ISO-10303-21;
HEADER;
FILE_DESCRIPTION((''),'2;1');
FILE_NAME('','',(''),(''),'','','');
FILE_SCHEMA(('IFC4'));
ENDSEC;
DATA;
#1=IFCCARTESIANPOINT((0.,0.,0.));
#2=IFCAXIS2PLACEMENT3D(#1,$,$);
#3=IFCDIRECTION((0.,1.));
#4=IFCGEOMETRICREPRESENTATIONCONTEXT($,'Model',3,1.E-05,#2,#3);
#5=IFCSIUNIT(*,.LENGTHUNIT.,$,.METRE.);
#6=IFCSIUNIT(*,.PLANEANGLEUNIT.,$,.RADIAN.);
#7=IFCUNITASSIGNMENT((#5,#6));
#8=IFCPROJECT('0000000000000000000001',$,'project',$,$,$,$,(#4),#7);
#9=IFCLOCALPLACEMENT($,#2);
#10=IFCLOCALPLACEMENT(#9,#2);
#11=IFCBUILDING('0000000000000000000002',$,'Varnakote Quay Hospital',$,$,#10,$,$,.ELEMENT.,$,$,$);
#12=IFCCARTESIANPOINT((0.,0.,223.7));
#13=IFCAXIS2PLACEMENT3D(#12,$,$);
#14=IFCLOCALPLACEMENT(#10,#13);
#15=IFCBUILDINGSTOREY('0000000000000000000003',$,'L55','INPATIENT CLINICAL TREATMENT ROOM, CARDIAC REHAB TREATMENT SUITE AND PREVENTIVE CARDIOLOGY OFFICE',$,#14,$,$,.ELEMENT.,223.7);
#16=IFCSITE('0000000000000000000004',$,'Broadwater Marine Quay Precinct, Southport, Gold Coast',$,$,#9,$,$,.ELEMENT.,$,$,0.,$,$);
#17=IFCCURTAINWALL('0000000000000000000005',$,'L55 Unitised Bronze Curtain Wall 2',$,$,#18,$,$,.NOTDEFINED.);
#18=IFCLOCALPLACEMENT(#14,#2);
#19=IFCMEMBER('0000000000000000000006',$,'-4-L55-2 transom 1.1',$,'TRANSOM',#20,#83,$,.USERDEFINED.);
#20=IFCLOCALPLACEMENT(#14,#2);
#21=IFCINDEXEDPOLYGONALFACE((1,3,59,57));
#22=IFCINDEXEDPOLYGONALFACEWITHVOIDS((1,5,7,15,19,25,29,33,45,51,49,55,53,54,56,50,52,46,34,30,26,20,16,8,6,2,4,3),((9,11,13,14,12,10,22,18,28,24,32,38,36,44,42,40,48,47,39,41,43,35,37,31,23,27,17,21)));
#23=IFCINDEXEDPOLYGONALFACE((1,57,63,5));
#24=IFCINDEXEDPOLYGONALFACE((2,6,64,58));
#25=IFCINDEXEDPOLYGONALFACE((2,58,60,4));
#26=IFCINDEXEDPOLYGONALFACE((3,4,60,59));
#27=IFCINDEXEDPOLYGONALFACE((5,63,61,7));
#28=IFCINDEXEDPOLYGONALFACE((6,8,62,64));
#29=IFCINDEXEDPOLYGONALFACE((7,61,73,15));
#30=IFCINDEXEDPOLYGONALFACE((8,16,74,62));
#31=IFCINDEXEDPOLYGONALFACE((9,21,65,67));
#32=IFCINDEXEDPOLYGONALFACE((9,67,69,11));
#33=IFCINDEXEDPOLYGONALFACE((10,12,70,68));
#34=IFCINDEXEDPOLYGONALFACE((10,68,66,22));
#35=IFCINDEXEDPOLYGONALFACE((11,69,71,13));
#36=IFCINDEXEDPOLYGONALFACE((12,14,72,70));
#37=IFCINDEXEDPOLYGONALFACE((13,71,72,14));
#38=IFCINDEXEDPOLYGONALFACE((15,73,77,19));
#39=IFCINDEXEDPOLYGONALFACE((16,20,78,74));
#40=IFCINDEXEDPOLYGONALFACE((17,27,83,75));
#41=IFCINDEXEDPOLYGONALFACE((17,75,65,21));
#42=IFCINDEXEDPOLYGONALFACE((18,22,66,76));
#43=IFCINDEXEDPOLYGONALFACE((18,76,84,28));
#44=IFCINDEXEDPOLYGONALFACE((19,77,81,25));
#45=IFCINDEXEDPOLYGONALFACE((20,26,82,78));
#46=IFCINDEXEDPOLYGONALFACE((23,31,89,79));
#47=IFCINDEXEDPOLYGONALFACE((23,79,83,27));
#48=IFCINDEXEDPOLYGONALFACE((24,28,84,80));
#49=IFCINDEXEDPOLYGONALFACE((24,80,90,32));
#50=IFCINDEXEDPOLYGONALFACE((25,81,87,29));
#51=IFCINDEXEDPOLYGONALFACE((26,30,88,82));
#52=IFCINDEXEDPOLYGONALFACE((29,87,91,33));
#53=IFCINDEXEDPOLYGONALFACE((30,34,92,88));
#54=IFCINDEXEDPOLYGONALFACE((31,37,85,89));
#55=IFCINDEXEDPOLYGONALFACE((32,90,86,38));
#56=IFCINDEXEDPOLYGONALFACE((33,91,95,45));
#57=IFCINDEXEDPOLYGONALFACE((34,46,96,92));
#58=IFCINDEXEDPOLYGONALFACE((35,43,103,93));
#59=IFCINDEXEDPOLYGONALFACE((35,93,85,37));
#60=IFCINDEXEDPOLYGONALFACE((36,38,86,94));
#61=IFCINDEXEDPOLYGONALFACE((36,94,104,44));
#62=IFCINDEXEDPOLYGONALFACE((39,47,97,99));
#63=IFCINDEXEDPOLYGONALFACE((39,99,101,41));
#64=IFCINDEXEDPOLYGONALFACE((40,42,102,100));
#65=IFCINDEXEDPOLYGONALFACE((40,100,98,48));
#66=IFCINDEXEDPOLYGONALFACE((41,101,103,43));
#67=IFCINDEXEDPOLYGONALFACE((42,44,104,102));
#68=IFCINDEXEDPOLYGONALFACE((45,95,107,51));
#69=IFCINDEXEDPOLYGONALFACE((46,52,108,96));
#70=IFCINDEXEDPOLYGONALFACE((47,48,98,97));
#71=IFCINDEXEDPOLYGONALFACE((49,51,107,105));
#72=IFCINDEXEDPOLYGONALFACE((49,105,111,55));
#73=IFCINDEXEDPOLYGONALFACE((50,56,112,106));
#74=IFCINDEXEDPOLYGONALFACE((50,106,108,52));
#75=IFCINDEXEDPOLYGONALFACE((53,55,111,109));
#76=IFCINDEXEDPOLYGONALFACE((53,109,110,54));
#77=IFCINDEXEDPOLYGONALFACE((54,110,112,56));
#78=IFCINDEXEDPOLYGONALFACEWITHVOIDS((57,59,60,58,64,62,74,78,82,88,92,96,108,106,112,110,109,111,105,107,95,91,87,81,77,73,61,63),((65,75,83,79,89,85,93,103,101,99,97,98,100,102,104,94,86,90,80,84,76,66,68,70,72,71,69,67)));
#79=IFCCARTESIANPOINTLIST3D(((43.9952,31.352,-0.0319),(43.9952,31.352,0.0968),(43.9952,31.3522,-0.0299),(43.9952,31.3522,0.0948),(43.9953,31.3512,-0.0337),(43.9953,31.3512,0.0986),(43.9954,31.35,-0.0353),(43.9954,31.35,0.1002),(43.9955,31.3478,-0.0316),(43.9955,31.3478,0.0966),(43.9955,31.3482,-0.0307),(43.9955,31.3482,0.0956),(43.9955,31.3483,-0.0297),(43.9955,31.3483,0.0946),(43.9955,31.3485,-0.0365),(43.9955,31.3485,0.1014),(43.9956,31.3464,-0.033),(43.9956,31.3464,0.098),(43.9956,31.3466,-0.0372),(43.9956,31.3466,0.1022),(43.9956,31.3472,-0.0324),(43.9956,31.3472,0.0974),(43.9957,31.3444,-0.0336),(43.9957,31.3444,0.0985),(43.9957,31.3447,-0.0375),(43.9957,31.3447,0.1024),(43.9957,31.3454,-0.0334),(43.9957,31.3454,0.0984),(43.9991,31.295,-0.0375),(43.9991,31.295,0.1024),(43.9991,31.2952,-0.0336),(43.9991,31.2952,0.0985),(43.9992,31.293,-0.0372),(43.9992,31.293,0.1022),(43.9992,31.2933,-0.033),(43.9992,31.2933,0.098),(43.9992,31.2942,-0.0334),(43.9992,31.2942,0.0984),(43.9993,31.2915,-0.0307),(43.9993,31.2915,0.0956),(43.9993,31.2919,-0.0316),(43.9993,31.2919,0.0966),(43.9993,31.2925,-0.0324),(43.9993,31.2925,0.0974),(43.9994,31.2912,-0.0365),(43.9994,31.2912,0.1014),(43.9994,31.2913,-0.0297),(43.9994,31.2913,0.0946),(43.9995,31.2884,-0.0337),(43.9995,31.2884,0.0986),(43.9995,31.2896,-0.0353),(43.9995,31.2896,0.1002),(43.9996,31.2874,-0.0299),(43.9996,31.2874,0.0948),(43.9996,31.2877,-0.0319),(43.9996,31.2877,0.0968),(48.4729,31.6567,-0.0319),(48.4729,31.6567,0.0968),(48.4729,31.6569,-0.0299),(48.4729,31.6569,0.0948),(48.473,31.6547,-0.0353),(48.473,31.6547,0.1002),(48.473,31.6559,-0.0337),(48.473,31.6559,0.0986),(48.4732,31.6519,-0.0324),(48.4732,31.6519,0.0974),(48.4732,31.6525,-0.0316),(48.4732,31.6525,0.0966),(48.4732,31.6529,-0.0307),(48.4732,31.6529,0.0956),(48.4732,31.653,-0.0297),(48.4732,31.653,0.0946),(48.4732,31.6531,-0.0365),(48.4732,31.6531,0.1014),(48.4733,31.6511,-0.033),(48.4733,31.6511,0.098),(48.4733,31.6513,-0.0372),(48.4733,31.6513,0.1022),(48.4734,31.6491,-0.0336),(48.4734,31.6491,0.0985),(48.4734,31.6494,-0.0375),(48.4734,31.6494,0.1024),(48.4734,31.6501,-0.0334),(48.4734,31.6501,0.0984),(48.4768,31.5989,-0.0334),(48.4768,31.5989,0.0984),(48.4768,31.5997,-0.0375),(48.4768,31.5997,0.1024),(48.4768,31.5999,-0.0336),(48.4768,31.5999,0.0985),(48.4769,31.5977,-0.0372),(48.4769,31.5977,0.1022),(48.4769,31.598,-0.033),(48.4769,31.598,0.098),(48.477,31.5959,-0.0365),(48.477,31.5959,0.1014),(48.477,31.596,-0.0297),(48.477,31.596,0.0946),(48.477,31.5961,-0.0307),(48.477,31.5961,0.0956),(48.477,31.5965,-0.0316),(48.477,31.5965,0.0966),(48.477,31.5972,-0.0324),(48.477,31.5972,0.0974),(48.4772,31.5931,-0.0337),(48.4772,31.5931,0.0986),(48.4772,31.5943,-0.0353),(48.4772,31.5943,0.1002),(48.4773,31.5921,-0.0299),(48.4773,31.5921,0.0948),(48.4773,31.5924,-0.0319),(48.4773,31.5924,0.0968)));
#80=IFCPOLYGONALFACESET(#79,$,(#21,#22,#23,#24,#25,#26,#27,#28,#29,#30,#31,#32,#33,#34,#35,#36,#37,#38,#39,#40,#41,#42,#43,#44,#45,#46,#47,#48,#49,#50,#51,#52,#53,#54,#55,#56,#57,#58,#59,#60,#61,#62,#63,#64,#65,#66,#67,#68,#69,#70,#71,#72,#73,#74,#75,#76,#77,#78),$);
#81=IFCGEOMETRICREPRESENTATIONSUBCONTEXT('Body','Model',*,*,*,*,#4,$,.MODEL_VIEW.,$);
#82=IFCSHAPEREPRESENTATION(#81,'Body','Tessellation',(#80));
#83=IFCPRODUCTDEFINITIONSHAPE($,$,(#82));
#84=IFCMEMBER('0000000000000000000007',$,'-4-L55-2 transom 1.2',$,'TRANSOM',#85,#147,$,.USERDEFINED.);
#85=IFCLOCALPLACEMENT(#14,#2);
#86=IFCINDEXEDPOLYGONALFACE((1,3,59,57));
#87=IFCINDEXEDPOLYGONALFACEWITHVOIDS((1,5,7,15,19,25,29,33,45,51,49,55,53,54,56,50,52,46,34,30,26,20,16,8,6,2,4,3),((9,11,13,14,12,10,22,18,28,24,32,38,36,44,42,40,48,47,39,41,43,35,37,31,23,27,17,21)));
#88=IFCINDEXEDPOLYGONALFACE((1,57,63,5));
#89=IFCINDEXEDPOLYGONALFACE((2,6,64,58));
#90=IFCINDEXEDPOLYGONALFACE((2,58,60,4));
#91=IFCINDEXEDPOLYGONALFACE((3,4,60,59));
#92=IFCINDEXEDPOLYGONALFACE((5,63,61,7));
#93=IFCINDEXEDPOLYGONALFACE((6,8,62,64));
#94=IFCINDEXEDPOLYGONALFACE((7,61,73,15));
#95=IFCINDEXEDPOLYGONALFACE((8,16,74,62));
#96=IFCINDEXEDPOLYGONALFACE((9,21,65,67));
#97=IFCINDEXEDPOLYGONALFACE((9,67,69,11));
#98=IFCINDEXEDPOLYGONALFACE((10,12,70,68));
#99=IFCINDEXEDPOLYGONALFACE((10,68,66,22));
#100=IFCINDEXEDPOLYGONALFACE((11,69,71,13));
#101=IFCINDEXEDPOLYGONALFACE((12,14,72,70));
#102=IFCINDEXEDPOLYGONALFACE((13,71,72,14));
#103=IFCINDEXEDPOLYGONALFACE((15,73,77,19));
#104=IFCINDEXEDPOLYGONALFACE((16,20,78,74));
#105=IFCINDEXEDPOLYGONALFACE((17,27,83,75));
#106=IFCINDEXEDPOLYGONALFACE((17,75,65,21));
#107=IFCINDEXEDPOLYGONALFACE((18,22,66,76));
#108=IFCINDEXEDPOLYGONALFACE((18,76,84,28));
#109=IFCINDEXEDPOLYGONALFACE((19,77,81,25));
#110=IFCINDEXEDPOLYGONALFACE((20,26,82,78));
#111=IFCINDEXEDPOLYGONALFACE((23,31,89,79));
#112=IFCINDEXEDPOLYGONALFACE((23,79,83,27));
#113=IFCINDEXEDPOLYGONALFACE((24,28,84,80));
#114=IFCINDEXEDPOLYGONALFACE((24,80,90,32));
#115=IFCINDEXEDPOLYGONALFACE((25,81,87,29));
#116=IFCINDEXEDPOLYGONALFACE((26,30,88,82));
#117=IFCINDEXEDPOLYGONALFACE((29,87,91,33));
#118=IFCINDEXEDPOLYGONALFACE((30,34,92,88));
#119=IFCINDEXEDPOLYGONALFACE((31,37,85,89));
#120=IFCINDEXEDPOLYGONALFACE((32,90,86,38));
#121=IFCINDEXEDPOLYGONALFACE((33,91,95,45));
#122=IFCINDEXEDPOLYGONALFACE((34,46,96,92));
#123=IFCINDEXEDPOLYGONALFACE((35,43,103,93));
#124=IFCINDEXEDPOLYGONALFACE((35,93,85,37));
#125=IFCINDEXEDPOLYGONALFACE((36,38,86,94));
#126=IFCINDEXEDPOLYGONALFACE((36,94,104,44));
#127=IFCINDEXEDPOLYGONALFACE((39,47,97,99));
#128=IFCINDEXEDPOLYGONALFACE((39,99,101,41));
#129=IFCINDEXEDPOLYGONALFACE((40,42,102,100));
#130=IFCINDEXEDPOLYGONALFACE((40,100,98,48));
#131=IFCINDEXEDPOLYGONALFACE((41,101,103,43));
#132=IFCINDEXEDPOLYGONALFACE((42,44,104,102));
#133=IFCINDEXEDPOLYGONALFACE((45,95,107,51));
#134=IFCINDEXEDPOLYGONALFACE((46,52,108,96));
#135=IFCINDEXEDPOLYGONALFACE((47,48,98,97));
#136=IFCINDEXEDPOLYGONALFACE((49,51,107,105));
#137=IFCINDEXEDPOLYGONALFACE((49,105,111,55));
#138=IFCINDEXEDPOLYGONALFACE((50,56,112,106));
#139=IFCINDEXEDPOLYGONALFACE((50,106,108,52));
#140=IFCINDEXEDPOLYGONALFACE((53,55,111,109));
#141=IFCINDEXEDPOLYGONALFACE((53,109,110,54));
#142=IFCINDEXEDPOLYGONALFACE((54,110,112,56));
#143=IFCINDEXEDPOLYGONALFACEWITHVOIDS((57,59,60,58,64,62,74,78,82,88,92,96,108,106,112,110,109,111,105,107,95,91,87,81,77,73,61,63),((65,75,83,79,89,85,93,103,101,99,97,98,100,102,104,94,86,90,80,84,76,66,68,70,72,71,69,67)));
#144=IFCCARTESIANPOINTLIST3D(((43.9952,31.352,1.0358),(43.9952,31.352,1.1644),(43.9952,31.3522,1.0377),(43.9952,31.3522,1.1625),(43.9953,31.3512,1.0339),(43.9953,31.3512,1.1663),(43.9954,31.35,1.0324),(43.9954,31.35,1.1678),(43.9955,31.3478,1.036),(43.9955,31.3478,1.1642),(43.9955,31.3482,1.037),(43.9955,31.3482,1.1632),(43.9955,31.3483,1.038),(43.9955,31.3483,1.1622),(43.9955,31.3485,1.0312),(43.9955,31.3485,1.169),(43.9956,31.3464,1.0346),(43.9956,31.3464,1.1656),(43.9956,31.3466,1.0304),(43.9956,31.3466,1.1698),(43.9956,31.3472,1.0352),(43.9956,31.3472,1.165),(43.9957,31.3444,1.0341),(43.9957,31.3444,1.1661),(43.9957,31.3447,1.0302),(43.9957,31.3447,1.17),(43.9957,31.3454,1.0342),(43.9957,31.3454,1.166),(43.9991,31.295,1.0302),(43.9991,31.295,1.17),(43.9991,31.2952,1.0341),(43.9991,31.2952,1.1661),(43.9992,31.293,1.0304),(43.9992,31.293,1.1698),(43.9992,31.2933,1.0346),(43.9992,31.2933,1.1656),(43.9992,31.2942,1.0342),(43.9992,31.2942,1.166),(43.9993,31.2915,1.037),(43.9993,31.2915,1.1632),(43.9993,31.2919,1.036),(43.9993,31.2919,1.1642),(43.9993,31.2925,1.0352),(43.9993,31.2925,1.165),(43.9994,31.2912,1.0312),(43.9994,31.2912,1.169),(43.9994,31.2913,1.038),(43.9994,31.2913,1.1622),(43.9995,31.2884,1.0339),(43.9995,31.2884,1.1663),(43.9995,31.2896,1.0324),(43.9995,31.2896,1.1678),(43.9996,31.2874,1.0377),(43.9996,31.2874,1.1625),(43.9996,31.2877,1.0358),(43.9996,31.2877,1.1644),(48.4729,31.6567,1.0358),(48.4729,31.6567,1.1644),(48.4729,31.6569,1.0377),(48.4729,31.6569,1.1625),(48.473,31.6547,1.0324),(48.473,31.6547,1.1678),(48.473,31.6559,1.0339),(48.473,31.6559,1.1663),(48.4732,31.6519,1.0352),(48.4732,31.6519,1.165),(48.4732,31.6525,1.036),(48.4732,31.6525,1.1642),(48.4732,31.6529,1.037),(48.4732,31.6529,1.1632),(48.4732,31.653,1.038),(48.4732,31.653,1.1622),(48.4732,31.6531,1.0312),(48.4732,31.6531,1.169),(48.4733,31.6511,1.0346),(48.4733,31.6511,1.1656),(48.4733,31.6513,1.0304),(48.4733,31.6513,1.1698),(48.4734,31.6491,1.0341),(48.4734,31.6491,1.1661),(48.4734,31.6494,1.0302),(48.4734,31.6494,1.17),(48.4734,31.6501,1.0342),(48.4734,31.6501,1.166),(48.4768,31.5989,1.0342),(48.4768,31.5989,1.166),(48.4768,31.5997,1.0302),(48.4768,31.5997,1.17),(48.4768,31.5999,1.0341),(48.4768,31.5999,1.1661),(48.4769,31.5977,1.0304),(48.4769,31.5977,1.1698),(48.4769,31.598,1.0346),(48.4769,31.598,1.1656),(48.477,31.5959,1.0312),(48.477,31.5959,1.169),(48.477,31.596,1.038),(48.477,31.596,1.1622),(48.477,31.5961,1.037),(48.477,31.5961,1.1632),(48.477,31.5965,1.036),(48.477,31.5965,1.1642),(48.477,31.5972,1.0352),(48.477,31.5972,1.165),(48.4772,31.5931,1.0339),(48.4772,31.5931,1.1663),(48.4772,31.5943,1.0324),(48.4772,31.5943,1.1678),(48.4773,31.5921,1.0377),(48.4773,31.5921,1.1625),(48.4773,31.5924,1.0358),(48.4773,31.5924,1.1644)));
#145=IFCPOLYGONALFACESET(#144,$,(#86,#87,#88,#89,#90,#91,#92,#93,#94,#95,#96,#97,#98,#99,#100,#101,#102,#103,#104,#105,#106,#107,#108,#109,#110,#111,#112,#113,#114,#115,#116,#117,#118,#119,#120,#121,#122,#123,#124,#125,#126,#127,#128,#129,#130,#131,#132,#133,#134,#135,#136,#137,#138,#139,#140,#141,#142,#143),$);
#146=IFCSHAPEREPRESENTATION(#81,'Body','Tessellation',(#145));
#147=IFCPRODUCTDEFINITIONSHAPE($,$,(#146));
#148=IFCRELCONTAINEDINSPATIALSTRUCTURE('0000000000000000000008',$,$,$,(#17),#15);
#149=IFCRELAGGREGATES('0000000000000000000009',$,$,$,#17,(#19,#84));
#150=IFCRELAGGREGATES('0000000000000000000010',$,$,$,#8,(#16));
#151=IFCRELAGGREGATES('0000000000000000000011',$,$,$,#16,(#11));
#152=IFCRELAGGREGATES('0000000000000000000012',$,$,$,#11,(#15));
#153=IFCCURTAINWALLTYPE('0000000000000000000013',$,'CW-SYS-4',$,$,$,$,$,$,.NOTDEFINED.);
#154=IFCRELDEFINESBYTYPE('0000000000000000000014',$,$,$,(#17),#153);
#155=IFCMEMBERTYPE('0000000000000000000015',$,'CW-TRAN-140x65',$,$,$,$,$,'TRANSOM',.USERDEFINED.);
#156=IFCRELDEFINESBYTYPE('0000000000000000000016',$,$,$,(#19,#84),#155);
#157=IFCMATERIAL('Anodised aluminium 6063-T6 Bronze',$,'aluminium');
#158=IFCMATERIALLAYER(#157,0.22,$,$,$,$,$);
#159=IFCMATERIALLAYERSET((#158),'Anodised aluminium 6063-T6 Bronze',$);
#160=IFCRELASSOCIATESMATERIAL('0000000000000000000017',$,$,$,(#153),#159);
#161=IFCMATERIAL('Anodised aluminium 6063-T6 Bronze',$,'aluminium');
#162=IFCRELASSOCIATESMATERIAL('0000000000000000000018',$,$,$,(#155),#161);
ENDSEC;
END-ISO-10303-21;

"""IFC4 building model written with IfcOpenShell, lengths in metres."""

from ifc_helpers import new_model, si_unit, direction, frame, origin, origin_2d, place, context, subcontext, project, spatial, hollow_rectangle, extrude, material, layer, layer_set, material_profile, profile_set, type_object, element, aggregate, save


model = new_model("IFC4")

# Units and contexts
model_context = context("Model", 3, precision=1e-05, world=origin(), true_north=direction((0.0, 1.0)))
body_context = subcontext(model_context, "Body", "Model", "MODEL_VIEW")
ifc_project = project(units=[si_unit("LENGTHUNIT", "METRE"), si_unit("PLANEANGLEUNIT", "RADIAN")], contexts=[model_context])

# Site, building, storey
site_placement = place(None, origin())
site = spatial("IfcSite", under=ifc_project, at=site_placement, Name="Broadwater Marine Quay Precinct, Southport, Gold Coast", CompositionType="ELEMENT", RefElevation=0.0)
building_placement = place(site_placement, origin())
building = spatial("IfcBuilding", under=site, at=building_placement, Name="Varnakote Quay Hospital", CompositionType="ELEMENT")
storey_placement = place(building_placement, frame((0.0, 0.0, 223.7)))
storey = spatial("IfcBuildingStorey", under=building, at=storey_placement, Name="L55", Description="INPATIENT CLINICAL TREATMENT ROOM, CARDIAC REHAB TREATMENT SUITE AND PREVENTIVE CARDIOLOGY OFFICE", CompositionType="ELEMENT", Elevation=223.7)

# Curtain wall, members
ifc_material_1 = material(Name="Anodised aluminium 6063-T6 Bronze", Category="aluminium")
ifc_layer_1 = layer(ifc_material_1, 0.22)
ifc_layer_set_1 = layer_set([ifc_layer_1], Name="Anodised aluminium 6063-T6 Bronze")
curtain_wall_type = type_object("IfcCurtainWallType", Name="CW-SYS-4", PredefinedType="NOTDEFINED", material=ifc_layer_set_1)
curtain_wall_placement = place(storey_placement, origin())
curtain_wall = element("IfcCurtainWall", 1, at=curtain_wall_placement, inside=storey, type_object=curtain_wall_type, Name="L55 Unitised Bronze Curtain Wall 2", PredefinedType="NOTDEFINED")
ifc_material_2 = material(Name="Anodised aluminium 6063-T6 Bronze", Category="aluminium")
ifc_material_profile_1 = material_profile(ifc_material_2, hollow_rectangle(XDim=0.0649, YDim=0.1399, WallThickness=0.0039, InnerFilletRadius=0.0039, OuterFilletRadius=0.0076, at=origin_2d()), Name="CW-TRAN-140x65")
ifc_profile_set_1 = profile_set([ifc_material_profile_1], Name="Anodised aluminium 6063-T6 Bronze")
member_type_1 = type_object("IfcMemberType", Name="CW-TRAN-140x65", ElementType="TRANSOM", PredefinedType="USERDEFINED", material=ifc_profile_set_1)
member_1_placement = place(storey_placement, frame((48.4751, 31.6245, 0.0325), z_axis=(-0.997693, -0.067887, 0.0), x_axis=(0.067887, -0.997693, 0.0)))
member_1 = element("IfcMember", 2, at=member_1_placement, type_object=member_type_1, Name="-4-L55-2 transom 1.1", ObjectType="TRANSOM", PredefinedType="USERDEFINED", context=body_context, shape_type="SweptSolid", body=[
    extrude(hollow_rectangle(XDim=0.0649, YDim=0.1399, WallThickness=0.0039, InnerFilletRadius=0.0039, OuterFilletRadius=0.0076, at=origin_2d()), origin(), (0.0, 0.0, 1.0), 4.488),
])
member_2_placement = place(storey_placement, frame((48.4751, 31.6245, 1.1001), z_axis=(-0.997693, -0.067887, 0.0), x_axis=(0.067887, -0.997693, 0.0)))
member_2 = element("IfcMember", 3, at=member_2_placement, type_object=member_type_1, Name="-4-L55-2 transom 1.2", ObjectType="TRANSOM", PredefinedType="USERDEFINED", context=body_context, shape_type="SweptSolid", body=[
    extrude(hollow_rectangle(XDim=0.0649, YDim=0.1399, WallThickness=0.0039, InnerFilletRadius=0.0039, OuterFilletRadius=0.0076, at=origin_2d()), origin(), (0.0, 0.0, 1.0), 4.488),
])
aggregate(curtain_wall, [member_1, member_2])

save(model, "model.ifc")
